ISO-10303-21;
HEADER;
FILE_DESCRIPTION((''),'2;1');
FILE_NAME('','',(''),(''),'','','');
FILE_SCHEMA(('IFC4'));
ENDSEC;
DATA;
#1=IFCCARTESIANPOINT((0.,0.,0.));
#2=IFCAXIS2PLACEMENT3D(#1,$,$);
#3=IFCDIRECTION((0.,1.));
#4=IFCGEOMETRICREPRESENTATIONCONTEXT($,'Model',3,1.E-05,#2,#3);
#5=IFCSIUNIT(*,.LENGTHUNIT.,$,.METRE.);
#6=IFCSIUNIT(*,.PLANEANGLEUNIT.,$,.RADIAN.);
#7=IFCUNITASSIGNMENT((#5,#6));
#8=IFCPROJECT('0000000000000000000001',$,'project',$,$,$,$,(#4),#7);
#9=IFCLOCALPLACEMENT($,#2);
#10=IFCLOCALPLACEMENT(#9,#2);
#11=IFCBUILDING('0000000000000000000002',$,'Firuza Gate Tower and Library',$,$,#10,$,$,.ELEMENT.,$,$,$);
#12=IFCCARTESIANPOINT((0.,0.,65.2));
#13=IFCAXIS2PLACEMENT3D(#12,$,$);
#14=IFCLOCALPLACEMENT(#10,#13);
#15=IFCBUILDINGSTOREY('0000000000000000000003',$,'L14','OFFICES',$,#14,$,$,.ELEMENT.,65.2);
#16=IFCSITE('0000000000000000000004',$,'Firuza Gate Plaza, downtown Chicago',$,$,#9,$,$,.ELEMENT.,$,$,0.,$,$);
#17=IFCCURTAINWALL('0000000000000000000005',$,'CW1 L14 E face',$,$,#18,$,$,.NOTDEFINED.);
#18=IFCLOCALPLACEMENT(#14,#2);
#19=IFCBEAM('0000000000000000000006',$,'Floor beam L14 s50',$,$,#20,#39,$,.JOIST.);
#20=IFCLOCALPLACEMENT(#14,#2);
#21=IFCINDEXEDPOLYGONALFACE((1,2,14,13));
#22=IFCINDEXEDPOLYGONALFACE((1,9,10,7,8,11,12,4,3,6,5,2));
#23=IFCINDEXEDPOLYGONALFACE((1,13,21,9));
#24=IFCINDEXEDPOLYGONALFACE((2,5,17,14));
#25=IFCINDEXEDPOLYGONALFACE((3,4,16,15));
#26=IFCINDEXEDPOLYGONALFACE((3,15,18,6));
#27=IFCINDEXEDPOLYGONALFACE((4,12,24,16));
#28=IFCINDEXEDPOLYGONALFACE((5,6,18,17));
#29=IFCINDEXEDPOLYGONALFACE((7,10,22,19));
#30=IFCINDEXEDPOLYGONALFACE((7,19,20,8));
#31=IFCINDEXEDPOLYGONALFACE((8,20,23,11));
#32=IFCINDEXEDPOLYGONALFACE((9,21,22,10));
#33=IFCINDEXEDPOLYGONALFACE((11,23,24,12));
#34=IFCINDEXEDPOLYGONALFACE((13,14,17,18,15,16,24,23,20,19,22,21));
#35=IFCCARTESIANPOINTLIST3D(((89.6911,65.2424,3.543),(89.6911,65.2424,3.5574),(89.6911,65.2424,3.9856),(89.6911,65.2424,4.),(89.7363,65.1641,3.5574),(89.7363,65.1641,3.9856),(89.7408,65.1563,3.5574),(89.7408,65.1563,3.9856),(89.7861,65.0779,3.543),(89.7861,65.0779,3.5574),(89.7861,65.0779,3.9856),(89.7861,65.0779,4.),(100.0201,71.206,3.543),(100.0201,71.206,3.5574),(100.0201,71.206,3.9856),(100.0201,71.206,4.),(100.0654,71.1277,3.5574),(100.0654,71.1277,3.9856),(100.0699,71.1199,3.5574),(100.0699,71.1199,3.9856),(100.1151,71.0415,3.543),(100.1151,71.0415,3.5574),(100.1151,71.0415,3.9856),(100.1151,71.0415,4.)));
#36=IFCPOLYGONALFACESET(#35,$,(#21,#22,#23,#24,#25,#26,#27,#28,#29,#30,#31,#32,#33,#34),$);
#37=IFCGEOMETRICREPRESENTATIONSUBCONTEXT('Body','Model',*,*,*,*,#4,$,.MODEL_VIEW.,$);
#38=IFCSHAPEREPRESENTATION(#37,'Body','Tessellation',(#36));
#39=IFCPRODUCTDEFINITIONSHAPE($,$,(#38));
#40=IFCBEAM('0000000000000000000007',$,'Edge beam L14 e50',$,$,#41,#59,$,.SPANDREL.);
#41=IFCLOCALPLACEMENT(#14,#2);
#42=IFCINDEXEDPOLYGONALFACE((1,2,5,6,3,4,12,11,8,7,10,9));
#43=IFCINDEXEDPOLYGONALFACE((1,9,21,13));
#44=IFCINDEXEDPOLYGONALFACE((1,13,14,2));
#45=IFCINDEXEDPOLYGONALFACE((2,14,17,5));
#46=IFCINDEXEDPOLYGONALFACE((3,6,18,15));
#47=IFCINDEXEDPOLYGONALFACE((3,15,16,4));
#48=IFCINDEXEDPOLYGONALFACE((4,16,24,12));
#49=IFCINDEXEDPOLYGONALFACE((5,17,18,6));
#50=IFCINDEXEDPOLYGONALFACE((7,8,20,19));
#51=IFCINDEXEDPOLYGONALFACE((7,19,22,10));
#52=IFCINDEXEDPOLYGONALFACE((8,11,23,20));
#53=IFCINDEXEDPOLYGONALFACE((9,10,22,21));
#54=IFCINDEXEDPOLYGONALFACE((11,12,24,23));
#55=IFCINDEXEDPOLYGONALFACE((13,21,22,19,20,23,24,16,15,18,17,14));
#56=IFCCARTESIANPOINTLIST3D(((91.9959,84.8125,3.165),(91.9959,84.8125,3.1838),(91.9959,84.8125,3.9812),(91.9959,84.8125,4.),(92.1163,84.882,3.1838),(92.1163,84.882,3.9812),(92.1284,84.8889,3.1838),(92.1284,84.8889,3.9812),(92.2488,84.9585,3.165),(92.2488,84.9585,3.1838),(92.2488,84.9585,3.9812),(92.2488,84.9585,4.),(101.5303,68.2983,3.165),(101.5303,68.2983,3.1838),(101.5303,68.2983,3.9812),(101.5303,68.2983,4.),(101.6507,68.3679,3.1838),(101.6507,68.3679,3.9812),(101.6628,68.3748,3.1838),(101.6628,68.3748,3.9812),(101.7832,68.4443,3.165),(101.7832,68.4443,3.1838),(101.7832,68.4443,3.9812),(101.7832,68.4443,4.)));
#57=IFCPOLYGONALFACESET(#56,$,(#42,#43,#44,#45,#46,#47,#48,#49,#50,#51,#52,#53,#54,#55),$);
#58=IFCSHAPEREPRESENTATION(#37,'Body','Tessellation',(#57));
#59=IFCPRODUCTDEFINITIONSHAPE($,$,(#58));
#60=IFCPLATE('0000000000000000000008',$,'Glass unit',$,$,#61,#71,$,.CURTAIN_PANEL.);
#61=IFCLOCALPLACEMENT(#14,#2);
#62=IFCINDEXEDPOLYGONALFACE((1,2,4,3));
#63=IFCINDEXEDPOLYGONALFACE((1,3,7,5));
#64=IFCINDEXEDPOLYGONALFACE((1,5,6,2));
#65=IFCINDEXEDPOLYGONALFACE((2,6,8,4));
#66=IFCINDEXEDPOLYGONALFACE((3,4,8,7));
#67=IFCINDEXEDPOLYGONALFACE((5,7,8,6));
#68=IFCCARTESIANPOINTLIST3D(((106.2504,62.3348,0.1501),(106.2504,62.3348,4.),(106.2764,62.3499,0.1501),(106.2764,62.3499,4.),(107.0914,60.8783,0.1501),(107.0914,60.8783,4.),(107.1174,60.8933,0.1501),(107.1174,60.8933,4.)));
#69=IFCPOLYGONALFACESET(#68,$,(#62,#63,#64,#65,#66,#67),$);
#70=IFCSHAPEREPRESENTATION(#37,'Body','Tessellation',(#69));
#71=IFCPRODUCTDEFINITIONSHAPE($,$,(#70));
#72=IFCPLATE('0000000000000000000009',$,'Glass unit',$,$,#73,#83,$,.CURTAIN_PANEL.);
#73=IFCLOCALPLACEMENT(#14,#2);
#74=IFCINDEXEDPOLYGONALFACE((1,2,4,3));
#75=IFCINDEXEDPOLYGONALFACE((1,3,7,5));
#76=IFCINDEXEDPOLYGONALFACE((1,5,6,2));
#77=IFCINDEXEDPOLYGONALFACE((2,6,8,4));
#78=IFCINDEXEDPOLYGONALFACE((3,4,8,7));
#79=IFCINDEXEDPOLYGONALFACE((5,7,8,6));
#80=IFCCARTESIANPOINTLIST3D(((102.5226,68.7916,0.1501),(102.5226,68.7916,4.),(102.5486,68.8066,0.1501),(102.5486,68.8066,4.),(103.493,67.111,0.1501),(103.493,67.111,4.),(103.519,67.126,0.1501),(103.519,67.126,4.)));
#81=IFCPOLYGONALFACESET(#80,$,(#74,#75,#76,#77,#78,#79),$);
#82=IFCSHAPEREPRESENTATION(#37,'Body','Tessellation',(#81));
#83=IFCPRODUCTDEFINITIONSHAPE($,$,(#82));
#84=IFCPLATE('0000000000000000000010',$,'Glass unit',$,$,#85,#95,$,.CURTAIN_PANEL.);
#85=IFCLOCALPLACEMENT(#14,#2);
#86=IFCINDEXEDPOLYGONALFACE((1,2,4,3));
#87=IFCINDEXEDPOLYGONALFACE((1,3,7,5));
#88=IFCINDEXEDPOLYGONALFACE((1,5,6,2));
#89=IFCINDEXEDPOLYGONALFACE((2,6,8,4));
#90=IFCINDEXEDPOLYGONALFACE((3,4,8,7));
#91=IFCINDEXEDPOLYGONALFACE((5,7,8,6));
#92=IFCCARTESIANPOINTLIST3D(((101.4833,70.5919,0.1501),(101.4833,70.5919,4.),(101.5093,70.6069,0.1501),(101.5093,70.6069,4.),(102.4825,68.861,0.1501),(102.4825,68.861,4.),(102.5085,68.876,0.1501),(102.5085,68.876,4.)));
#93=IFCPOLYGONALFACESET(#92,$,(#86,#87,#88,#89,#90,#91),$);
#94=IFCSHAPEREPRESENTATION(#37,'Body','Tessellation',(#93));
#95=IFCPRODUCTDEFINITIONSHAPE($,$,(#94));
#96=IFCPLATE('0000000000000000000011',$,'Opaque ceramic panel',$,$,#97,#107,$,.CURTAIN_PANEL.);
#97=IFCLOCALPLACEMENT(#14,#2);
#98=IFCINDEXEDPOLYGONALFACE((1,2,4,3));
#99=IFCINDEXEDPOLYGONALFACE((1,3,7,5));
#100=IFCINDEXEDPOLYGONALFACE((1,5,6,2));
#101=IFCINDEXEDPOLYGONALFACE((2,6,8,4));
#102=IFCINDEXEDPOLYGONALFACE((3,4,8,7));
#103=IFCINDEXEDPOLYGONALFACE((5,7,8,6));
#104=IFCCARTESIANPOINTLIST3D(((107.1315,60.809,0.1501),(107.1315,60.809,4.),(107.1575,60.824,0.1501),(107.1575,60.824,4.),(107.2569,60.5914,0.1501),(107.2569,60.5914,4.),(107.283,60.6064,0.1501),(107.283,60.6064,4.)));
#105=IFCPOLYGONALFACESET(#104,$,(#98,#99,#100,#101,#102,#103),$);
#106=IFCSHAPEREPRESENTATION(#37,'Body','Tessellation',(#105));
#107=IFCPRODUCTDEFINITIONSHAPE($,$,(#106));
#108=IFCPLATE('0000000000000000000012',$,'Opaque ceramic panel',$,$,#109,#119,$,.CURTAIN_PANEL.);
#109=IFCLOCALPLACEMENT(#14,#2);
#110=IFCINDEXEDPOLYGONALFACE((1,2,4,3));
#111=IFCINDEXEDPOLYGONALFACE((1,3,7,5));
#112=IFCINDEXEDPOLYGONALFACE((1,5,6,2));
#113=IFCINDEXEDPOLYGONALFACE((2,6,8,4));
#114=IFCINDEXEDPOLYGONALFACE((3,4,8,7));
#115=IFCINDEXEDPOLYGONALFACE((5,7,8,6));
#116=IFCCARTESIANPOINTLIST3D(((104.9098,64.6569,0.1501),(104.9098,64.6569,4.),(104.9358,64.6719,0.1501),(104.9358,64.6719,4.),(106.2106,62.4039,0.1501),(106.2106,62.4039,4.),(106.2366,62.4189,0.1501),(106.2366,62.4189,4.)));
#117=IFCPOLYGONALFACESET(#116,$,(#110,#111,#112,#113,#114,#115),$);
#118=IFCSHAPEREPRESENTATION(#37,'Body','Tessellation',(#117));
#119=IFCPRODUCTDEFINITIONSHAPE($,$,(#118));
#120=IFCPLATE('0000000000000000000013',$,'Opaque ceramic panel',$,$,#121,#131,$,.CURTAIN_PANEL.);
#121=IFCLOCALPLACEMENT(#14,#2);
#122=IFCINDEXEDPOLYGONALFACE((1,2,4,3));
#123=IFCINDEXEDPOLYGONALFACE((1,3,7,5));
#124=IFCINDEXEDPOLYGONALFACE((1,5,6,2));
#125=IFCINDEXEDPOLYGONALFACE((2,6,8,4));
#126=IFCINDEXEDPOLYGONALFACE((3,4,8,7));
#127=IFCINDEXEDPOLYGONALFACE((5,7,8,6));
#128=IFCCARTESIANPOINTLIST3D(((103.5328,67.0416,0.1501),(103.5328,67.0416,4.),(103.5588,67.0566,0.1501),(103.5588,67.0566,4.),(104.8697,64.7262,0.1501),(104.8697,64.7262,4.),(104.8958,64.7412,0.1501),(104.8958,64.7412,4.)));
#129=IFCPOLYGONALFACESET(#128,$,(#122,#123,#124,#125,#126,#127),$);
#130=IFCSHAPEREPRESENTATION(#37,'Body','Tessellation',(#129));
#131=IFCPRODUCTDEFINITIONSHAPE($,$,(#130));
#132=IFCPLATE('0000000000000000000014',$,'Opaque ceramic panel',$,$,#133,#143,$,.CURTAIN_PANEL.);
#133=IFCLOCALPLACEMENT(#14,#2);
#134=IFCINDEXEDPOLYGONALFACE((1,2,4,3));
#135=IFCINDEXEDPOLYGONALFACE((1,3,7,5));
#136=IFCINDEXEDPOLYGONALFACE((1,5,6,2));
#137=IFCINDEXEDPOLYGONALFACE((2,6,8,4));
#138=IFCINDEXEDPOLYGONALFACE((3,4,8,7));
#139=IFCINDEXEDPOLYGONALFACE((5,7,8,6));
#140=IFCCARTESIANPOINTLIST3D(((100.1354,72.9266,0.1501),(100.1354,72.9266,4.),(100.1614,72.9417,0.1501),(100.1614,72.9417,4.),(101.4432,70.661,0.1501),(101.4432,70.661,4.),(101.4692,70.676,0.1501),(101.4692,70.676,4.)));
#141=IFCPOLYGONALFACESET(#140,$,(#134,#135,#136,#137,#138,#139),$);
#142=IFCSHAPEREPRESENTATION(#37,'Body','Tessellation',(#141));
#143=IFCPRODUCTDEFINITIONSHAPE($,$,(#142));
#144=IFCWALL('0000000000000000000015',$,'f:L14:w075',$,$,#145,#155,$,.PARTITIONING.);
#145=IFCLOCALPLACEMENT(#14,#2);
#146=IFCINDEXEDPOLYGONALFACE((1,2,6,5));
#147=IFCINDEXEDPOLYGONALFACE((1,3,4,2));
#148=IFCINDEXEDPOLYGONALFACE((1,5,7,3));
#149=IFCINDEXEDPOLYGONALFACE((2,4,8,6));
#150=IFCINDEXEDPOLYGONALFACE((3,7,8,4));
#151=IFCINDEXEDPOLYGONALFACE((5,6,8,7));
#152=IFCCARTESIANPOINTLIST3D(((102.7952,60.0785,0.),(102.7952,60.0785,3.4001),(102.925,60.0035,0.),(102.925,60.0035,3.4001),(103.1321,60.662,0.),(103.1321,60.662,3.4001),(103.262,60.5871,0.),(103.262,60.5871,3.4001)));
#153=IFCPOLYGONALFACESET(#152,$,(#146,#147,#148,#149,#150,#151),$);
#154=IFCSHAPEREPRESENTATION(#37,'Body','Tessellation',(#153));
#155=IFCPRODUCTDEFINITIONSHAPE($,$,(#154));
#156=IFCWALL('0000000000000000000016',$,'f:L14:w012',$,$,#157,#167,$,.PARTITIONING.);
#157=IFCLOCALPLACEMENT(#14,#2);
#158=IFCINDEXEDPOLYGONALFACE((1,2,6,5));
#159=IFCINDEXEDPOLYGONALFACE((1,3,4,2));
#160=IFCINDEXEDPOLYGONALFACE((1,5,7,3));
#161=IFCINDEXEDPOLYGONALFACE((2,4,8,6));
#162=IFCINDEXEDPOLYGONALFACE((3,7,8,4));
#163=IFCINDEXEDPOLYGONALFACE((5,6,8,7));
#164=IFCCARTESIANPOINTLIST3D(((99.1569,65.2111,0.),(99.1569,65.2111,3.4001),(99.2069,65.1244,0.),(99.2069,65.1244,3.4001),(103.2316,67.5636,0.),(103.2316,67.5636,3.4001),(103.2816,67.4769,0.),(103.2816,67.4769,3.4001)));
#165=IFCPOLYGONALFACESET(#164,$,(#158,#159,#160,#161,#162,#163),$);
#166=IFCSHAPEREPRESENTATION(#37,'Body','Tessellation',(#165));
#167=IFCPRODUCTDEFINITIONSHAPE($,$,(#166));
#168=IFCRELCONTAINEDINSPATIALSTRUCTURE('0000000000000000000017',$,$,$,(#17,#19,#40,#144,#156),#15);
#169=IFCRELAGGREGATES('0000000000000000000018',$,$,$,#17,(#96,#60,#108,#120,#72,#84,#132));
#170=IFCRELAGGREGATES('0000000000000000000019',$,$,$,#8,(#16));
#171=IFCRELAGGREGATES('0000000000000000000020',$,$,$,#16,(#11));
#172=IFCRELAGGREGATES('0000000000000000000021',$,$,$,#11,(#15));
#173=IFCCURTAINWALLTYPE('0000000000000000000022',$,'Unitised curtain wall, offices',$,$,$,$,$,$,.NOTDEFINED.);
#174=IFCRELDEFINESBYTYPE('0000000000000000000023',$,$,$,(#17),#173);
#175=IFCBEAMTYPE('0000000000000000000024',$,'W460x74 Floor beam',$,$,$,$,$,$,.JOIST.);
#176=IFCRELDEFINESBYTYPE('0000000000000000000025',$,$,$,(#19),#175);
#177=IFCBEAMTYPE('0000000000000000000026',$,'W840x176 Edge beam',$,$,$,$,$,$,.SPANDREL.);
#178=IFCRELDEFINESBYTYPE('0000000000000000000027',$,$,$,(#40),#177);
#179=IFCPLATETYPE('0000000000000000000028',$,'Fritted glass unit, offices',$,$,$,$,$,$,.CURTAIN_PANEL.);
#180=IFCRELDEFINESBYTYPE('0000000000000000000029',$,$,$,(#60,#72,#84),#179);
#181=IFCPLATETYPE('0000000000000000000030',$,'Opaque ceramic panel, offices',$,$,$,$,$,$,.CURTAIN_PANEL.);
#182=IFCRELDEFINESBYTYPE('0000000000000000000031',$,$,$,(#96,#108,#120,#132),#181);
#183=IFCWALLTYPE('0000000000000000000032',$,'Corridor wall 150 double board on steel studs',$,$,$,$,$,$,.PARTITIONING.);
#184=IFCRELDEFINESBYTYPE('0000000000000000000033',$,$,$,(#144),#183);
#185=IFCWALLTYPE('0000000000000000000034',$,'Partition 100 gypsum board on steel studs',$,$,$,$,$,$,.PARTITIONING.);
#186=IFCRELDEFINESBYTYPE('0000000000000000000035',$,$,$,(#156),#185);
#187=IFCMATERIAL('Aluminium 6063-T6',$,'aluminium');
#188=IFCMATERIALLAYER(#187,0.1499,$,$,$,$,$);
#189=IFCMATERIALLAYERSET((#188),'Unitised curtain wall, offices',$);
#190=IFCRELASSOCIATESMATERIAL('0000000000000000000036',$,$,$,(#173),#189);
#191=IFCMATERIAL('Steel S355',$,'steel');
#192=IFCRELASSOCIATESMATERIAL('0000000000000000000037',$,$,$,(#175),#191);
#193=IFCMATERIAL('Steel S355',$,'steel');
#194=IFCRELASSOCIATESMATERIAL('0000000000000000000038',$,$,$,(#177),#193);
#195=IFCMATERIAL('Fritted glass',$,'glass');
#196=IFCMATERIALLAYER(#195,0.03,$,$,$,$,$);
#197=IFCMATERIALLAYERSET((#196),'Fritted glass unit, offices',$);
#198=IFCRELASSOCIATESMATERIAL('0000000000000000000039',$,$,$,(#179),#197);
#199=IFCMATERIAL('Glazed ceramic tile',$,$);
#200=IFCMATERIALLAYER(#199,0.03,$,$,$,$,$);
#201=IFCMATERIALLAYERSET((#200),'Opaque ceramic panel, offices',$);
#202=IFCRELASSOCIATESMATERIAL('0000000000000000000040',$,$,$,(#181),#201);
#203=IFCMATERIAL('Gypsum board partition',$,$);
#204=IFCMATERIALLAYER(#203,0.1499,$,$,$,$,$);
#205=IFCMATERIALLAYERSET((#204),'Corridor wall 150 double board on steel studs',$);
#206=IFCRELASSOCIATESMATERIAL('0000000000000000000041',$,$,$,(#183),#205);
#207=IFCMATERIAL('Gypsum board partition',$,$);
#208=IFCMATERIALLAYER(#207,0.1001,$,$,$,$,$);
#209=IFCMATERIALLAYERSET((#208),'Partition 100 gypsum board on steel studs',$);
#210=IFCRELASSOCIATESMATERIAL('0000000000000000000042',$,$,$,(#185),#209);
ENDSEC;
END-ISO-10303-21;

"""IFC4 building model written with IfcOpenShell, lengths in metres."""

from ifc_helpers import new_model, si_unit, direction, frame, frame_2d, origin, origin_2d, place, context, subcontext, project, spatial, polyline, rectangle, i_section, outline, extrude, material, layer, layer_set, material_profile, profile_set, type_object, element, aggregate, save


model = new_model("IFC4")

# Units and contexts
model_context = context("Model", 3, precision=1e-05, world=origin(), true_north=direction((0.0, 1.0)))
body_context = subcontext(model_context, "Body", "Model", "MODEL_VIEW")
ifc_project = project(units=[si_unit("LENGTHUNIT", "METRE"), si_unit("PLANEANGLEUNIT", "RADIAN")], contexts=[model_context])

# Site, building, storey
site_placement = place(None, origin())
site = spatial("IfcSite", under=ifc_project, at=site_placement, Name="Firuza Gate Plaza, downtown Chicago", CompositionType="ELEMENT", RefElevation=0.0)
building_placement = place(site_placement, origin())
building = spatial("IfcBuilding", under=site, at=building_placement, Name="Firuza Gate Tower and Library", CompositionType="ELEMENT")
storey_placement = place(building_placement, frame((0.0, 0.0, 65.2)))
storey = spatial("IfcBuildingStorey", under=building, at=storey_placement, Name="L14", Description="OFFICES", CompositionType="ELEMENT", Elevation=65.2)

# Curtain wall
ifc_material_1 = material(Name="Aluminium 6063-T6", Category="aluminium")
ifc_layer_1 = layer(ifc_material_1, 0.1499)
ifc_layer_set_1 = layer_set([ifc_layer_1], Name="Unitised curtain wall, offices")
curtain_wall_type = type_object("IfcCurtainWallType", Name="Unitised curtain wall, offices", PredefinedType="NOTDEFINED", material=ifc_layer_set_1)
curtain_wall_placement = place(storey_placement, origin())
curtain_wall = element("IfcCurtainWall", 1, at=curtain_wall_placement, inside=storey, type_object=curtain_wall_type, Name="CW1 L14 E face", PredefinedType="NOTDEFINED")

# Beams
ifc_material_2 = material(Name="Steel S355", Category="steel")
ifc_material_profile_1 = material_profile(ifc_material_2, i_section(OverallWidth=0.1899, OverallDepth=0.457, WebThickness=0.009, FlangeThickness=0.0144, at=origin_2d()))
ifc_profile_set_1 = profile_set([ifc_material_profile_1], Name="Steel S355")
beam_type_1 = type_object("IfcBeamType", Name="W460x74 Floor beam", PredefinedType="JOIST", material=ifc_profile_set_1)
beam_1_placement = place(storey_placement, frame((100.0676, 71.1238, 3.7715), z_axis=(-0.866021, -0.500007, 0.0), x_axis=(0.500007, -0.866021, 0.0)))
element("IfcBeam", 2, at=beam_1_placement, inside=storey, type_object=beam_type_1, Name="Floor beam L14 s50", PredefinedType="JOIST", context=body_context, shape_type="SweptSolid", body=[
    extrude(i_section(OverallWidth=0.1899, OverallDepth=0.457, WebThickness=0.009, FlangeThickness=0.0144, at=origin_2d()), origin(), (0.0, 0.0, 1.0), 11.927),
])
ifc_material_3 = material(Name="Steel S355", Category="steel")
ifc_material_profile_2 = material_profile(ifc_material_3, i_section(OverallWidth=0.292, OverallDepth=0.835, WebThickness=0.0139, FlangeThickness=0.0188, at=origin_2d()))
ifc_profile_set_2 = profile_set([ifc_material_profile_2], Name="Steel S355")
beam_type_2 = type_object("IfcBeamType", Name="W840x176 Edge beam", PredefinedType="SPANDREL", material=ifc_profile_set_2)
beam_2_placement = place(storey_placement, frame((101.6567, 68.3713, 3.5825), z_axis=(-0.499999, 0.866026, 0.0), x_axis=(-0.866026, -0.499999, 0.0)))
element("IfcBeam", 3, at=beam_2_placement, inside=storey, type_object=beam_type_2, Name="Edge beam L14 e50", PredefinedType="SPANDREL", context=body_context, shape_type="SweptSolid", body=[
    extrude(i_section(OverallWidth=0.292, OverallDepth=0.835, WebThickness=0.0139, FlangeThickness=0.0188, at=origin_2d()), origin(), (0.0, 0.0, 1.0), 19.0688),
])

# Plates
ifc_material_4 = material(Name="Fritted glass", Category="glass")
ifc_layer_2 = layer(ifc_material_4, 0.03)
ifc_layer_set_2 = layer_set([ifc_layer_2], Name="Fritted glass unit, offices")
plate_type_1 = type_object("IfcPlateType", Name="Fritted glass unit, offices", PredefinedType="CURTAIN_PANEL", material=ifc_layer_set_2)
plate_1_placement = place(storey_placement, frame((107.1174, 60.8933, 0.1501), z_axis=(0.865992, 0.500058, 0.0), x_axis=(-0.500058, 0.865992, 0.0)))
plate_1 = element("IfcPlate", 4, at=plate_1_placement, type_object=plate_type_1, Name="Glass unit", PredefinedType="CURTAIN_PANEL", context=body_context, shape_type="SweptSolid", body=[
    extrude(outline(polyline([(0.0, 0.0), (1.6819, 0.0), (1.6819, 3.8499), (0.0, 3.8499), (0.0, 0.0)])), origin(), (0.0, 0.0, -1.0), 0.03),
])
plate_2_placement = place(storey_placement, frame((103.519, 67.126, 0.1501), z_axis=(0.865997, 0.500049, 0.0), x_axis=(-0.500049, 0.865997, 0.0)))
plate_2 = element("IfcPlate", 5, at=plate_2_placement, type_object=plate_type_1, Name="Glass unit", PredefinedType="CURTAIN_PANEL", context=body_context, shape_type="SweptSolid", body=[
    extrude(outline(polyline([(0.0, 0.0), (1.9407, 0.0), (1.9407, 3.8499), (0.0, 3.8499), (0.0, 0.0)])), origin(), (0.0, 0.0, -1.0), 0.03),
])
plate_3_placement = place(storey_placement, frame((102.5085, 68.876, 0.1501), z_axis=(0.866047, 0.499962, 0.0), x_axis=(-0.499962, 0.866047, 0.0)))
plate_3 = element("IfcPlate", 6, at=plate_3_placement, type_object=plate_type_1, Name="Glass unit", PredefinedType="CURTAIN_PANEL", context=body_context, shape_type="SweptSolid", body=[
    extrude(outline(polyline([(0.0, 0.0), (1.9987, 0.0), (1.9987, 3.8499), (0.0, 3.8499), (0.0, 0.0)])), origin(), (0.0, 0.0, -1.0), 0.03),
])
ifc_material_5 = material(Name="Glazed ceramic tile")
ifc_layer_3 = layer(ifc_material_5, 0.03)
ifc_layer_set_3 = layer_set([ifc_layer_3], Name="Opaque ceramic panel, offices")
plate_type_2 = type_object("IfcPlateType", Name="Opaque ceramic panel, offices", PredefinedType="CURTAIN_PANEL", material=ifc_layer_set_3)
plate_4_placement = place(storey_placement, frame((107.283, 60.6064, 0.1501), z_axis=(0.866202, 0.499694, 0.0), x_axis=(-0.499694, 0.866202, 0.0)))
plate_4 = element("IfcPlate", 7, at=plate_4_placement, type_object=plate_type_2, Name="Opaque ceramic panel", PredefinedType="CURTAIN_PANEL", context=body_context, shape_type="SweptSolid", body=[
    extrude(outline(polyline([(0.0, 0.0), (0.2511, 0.0), (0.2511, 3.8499), (0.0, 3.8499), (0.0, 0.0)])), origin(), (0.0, 0.0, -1.0), 0.03),
])
plate_5_placement = place(storey_placement, frame((106.2366, 62.4189, 0.1501), z_axis=(0.866017, 0.500015, 0.0), x_axis=(-0.500015, 0.866017, 0.0)))
plate_5 = element("IfcPlate", 8, at=plate_5_placement, type_object=plate_type_2, Name="Opaque ceramic panel", PredefinedType="CURTAIN_PANEL", context=body_context, shape_type="SweptSolid", body=[
    extrude(outline(polyline([(0.0, 0.0), (2.6015, 0.0), (2.6015, 3.8499), (0.0, 3.8499), (0.0, 0.0)])), origin(), (0.0, 0.0, -1.0), 0.03),
])
plate_6_placement = place(storey_placement, frame((104.8958, 64.7412, 0.1501), z_axis=(0.866009, 0.500028, 0.0), x_axis=(-0.500028, 0.866009, 0.0)))
plate_6 = element("IfcPlate", 9, at=plate_6_placement, type_object=plate_type_2, Name="Opaque ceramic panel", PredefinedType="CURTAIN_PANEL", context=body_context, shape_type="SweptSolid", body=[
    extrude(outline(polyline([(0.0, 0.0), (2.6737, 0.0), (2.6737, 3.8499), (0.0, 3.8499), (0.0, 0.0)])), origin(), (0.0, 0.0, -1.0), 0.03),
])
plate_7_placement = place(storey_placement, frame((101.4692, 70.676, 0.1501), z_axis=(0.866058, 0.499943, 0.0), x_axis=(-0.499943, 0.866058, 0.0)))
plate_7 = element("IfcPlate", 10, at=plate_7_placement, type_object=plate_type_2, Name="Opaque ceramic panel", PredefinedType="CURTAIN_PANEL", context=body_context, shape_type="SweptSolid", body=[
    extrude(outline(polyline([(0.0, 0.0), (2.616, 0.0), (2.616, 3.8499), (0.0, 3.8499), (0.0, 0.0)])), origin(), (0.0, 0.0, -1.0), 0.03),
])
aggregate(curtain_wall, [plate_4, plate_1, plate_5, plate_6, plate_2, plate_3, plate_7])

# Walls
ifc_material_6 = material(Name="Gypsum board partition")
ifc_layer_4 = layer(ifc_material_6, 0.1499)
ifc_layer_set_4 = layer_set([ifc_layer_4], Name="Corridor wall 150 double board on steel studs")
wall_type_1 = type_object("IfcWallType", Name="Corridor wall 150 double board on steel studs", PredefinedType="PARTITIONING", material=ifc_layer_set_4)
wall_1_placement = place(storey_placement, frame((102.8601, 60.041, 0.0), z_axis=(0.0, 0.0, 1.0), x_axis=(0.500036, 0.866005, 0.0)))
element("IfcWall", 11, at=wall_1_placement, inside=storey, type_object=wall_type_1, Name="f:L14:w075", PredefinedType="PARTITIONING", context=body_context, shape_type="SweptSolid", body=[
    extrude(rectangle(XDim=0.6738, YDim=0.1499, at=frame_2d((0.3369, 0.0))), origin(), (0.0, 0.0, 1.0), 3.4001),
])
ifc_material_7 = material(Name="Gypsum board partition")
ifc_layer_5 = layer(ifc_material_7, 0.1001)
ifc_layer_set_5 = layer_set([ifc_layer_5], Name="Partition 100 gypsum board on steel studs")
wall_type_2 = type_object("IfcWallType", Name="Partition 100 gypsum board on steel studs", PredefinedType="PARTITIONING", material=ifc_layer_set_5)
wall_2_placement = place(storey_placement, frame((99.1819, 65.1677, 0.0), z_axis=(0.0, 0.0, 1.0), x_axis=(0.866025, 0.500001, 0.0)))
element("IfcWall", 12, at=wall_2_placement, inside=storey, type_object=wall_type_2, Name="f:L14:w012", PredefinedType="PARTITIONING", context=body_context, shape_type="SweptSolid", body=[
    extrude(rectangle(XDim=4.7051, YDim=0.1001, at=frame_2d((2.3525, 0.0))), origin(), (0.0, 0.0, 1.0), 3.4001),
])

save(model, "model.ifc")
